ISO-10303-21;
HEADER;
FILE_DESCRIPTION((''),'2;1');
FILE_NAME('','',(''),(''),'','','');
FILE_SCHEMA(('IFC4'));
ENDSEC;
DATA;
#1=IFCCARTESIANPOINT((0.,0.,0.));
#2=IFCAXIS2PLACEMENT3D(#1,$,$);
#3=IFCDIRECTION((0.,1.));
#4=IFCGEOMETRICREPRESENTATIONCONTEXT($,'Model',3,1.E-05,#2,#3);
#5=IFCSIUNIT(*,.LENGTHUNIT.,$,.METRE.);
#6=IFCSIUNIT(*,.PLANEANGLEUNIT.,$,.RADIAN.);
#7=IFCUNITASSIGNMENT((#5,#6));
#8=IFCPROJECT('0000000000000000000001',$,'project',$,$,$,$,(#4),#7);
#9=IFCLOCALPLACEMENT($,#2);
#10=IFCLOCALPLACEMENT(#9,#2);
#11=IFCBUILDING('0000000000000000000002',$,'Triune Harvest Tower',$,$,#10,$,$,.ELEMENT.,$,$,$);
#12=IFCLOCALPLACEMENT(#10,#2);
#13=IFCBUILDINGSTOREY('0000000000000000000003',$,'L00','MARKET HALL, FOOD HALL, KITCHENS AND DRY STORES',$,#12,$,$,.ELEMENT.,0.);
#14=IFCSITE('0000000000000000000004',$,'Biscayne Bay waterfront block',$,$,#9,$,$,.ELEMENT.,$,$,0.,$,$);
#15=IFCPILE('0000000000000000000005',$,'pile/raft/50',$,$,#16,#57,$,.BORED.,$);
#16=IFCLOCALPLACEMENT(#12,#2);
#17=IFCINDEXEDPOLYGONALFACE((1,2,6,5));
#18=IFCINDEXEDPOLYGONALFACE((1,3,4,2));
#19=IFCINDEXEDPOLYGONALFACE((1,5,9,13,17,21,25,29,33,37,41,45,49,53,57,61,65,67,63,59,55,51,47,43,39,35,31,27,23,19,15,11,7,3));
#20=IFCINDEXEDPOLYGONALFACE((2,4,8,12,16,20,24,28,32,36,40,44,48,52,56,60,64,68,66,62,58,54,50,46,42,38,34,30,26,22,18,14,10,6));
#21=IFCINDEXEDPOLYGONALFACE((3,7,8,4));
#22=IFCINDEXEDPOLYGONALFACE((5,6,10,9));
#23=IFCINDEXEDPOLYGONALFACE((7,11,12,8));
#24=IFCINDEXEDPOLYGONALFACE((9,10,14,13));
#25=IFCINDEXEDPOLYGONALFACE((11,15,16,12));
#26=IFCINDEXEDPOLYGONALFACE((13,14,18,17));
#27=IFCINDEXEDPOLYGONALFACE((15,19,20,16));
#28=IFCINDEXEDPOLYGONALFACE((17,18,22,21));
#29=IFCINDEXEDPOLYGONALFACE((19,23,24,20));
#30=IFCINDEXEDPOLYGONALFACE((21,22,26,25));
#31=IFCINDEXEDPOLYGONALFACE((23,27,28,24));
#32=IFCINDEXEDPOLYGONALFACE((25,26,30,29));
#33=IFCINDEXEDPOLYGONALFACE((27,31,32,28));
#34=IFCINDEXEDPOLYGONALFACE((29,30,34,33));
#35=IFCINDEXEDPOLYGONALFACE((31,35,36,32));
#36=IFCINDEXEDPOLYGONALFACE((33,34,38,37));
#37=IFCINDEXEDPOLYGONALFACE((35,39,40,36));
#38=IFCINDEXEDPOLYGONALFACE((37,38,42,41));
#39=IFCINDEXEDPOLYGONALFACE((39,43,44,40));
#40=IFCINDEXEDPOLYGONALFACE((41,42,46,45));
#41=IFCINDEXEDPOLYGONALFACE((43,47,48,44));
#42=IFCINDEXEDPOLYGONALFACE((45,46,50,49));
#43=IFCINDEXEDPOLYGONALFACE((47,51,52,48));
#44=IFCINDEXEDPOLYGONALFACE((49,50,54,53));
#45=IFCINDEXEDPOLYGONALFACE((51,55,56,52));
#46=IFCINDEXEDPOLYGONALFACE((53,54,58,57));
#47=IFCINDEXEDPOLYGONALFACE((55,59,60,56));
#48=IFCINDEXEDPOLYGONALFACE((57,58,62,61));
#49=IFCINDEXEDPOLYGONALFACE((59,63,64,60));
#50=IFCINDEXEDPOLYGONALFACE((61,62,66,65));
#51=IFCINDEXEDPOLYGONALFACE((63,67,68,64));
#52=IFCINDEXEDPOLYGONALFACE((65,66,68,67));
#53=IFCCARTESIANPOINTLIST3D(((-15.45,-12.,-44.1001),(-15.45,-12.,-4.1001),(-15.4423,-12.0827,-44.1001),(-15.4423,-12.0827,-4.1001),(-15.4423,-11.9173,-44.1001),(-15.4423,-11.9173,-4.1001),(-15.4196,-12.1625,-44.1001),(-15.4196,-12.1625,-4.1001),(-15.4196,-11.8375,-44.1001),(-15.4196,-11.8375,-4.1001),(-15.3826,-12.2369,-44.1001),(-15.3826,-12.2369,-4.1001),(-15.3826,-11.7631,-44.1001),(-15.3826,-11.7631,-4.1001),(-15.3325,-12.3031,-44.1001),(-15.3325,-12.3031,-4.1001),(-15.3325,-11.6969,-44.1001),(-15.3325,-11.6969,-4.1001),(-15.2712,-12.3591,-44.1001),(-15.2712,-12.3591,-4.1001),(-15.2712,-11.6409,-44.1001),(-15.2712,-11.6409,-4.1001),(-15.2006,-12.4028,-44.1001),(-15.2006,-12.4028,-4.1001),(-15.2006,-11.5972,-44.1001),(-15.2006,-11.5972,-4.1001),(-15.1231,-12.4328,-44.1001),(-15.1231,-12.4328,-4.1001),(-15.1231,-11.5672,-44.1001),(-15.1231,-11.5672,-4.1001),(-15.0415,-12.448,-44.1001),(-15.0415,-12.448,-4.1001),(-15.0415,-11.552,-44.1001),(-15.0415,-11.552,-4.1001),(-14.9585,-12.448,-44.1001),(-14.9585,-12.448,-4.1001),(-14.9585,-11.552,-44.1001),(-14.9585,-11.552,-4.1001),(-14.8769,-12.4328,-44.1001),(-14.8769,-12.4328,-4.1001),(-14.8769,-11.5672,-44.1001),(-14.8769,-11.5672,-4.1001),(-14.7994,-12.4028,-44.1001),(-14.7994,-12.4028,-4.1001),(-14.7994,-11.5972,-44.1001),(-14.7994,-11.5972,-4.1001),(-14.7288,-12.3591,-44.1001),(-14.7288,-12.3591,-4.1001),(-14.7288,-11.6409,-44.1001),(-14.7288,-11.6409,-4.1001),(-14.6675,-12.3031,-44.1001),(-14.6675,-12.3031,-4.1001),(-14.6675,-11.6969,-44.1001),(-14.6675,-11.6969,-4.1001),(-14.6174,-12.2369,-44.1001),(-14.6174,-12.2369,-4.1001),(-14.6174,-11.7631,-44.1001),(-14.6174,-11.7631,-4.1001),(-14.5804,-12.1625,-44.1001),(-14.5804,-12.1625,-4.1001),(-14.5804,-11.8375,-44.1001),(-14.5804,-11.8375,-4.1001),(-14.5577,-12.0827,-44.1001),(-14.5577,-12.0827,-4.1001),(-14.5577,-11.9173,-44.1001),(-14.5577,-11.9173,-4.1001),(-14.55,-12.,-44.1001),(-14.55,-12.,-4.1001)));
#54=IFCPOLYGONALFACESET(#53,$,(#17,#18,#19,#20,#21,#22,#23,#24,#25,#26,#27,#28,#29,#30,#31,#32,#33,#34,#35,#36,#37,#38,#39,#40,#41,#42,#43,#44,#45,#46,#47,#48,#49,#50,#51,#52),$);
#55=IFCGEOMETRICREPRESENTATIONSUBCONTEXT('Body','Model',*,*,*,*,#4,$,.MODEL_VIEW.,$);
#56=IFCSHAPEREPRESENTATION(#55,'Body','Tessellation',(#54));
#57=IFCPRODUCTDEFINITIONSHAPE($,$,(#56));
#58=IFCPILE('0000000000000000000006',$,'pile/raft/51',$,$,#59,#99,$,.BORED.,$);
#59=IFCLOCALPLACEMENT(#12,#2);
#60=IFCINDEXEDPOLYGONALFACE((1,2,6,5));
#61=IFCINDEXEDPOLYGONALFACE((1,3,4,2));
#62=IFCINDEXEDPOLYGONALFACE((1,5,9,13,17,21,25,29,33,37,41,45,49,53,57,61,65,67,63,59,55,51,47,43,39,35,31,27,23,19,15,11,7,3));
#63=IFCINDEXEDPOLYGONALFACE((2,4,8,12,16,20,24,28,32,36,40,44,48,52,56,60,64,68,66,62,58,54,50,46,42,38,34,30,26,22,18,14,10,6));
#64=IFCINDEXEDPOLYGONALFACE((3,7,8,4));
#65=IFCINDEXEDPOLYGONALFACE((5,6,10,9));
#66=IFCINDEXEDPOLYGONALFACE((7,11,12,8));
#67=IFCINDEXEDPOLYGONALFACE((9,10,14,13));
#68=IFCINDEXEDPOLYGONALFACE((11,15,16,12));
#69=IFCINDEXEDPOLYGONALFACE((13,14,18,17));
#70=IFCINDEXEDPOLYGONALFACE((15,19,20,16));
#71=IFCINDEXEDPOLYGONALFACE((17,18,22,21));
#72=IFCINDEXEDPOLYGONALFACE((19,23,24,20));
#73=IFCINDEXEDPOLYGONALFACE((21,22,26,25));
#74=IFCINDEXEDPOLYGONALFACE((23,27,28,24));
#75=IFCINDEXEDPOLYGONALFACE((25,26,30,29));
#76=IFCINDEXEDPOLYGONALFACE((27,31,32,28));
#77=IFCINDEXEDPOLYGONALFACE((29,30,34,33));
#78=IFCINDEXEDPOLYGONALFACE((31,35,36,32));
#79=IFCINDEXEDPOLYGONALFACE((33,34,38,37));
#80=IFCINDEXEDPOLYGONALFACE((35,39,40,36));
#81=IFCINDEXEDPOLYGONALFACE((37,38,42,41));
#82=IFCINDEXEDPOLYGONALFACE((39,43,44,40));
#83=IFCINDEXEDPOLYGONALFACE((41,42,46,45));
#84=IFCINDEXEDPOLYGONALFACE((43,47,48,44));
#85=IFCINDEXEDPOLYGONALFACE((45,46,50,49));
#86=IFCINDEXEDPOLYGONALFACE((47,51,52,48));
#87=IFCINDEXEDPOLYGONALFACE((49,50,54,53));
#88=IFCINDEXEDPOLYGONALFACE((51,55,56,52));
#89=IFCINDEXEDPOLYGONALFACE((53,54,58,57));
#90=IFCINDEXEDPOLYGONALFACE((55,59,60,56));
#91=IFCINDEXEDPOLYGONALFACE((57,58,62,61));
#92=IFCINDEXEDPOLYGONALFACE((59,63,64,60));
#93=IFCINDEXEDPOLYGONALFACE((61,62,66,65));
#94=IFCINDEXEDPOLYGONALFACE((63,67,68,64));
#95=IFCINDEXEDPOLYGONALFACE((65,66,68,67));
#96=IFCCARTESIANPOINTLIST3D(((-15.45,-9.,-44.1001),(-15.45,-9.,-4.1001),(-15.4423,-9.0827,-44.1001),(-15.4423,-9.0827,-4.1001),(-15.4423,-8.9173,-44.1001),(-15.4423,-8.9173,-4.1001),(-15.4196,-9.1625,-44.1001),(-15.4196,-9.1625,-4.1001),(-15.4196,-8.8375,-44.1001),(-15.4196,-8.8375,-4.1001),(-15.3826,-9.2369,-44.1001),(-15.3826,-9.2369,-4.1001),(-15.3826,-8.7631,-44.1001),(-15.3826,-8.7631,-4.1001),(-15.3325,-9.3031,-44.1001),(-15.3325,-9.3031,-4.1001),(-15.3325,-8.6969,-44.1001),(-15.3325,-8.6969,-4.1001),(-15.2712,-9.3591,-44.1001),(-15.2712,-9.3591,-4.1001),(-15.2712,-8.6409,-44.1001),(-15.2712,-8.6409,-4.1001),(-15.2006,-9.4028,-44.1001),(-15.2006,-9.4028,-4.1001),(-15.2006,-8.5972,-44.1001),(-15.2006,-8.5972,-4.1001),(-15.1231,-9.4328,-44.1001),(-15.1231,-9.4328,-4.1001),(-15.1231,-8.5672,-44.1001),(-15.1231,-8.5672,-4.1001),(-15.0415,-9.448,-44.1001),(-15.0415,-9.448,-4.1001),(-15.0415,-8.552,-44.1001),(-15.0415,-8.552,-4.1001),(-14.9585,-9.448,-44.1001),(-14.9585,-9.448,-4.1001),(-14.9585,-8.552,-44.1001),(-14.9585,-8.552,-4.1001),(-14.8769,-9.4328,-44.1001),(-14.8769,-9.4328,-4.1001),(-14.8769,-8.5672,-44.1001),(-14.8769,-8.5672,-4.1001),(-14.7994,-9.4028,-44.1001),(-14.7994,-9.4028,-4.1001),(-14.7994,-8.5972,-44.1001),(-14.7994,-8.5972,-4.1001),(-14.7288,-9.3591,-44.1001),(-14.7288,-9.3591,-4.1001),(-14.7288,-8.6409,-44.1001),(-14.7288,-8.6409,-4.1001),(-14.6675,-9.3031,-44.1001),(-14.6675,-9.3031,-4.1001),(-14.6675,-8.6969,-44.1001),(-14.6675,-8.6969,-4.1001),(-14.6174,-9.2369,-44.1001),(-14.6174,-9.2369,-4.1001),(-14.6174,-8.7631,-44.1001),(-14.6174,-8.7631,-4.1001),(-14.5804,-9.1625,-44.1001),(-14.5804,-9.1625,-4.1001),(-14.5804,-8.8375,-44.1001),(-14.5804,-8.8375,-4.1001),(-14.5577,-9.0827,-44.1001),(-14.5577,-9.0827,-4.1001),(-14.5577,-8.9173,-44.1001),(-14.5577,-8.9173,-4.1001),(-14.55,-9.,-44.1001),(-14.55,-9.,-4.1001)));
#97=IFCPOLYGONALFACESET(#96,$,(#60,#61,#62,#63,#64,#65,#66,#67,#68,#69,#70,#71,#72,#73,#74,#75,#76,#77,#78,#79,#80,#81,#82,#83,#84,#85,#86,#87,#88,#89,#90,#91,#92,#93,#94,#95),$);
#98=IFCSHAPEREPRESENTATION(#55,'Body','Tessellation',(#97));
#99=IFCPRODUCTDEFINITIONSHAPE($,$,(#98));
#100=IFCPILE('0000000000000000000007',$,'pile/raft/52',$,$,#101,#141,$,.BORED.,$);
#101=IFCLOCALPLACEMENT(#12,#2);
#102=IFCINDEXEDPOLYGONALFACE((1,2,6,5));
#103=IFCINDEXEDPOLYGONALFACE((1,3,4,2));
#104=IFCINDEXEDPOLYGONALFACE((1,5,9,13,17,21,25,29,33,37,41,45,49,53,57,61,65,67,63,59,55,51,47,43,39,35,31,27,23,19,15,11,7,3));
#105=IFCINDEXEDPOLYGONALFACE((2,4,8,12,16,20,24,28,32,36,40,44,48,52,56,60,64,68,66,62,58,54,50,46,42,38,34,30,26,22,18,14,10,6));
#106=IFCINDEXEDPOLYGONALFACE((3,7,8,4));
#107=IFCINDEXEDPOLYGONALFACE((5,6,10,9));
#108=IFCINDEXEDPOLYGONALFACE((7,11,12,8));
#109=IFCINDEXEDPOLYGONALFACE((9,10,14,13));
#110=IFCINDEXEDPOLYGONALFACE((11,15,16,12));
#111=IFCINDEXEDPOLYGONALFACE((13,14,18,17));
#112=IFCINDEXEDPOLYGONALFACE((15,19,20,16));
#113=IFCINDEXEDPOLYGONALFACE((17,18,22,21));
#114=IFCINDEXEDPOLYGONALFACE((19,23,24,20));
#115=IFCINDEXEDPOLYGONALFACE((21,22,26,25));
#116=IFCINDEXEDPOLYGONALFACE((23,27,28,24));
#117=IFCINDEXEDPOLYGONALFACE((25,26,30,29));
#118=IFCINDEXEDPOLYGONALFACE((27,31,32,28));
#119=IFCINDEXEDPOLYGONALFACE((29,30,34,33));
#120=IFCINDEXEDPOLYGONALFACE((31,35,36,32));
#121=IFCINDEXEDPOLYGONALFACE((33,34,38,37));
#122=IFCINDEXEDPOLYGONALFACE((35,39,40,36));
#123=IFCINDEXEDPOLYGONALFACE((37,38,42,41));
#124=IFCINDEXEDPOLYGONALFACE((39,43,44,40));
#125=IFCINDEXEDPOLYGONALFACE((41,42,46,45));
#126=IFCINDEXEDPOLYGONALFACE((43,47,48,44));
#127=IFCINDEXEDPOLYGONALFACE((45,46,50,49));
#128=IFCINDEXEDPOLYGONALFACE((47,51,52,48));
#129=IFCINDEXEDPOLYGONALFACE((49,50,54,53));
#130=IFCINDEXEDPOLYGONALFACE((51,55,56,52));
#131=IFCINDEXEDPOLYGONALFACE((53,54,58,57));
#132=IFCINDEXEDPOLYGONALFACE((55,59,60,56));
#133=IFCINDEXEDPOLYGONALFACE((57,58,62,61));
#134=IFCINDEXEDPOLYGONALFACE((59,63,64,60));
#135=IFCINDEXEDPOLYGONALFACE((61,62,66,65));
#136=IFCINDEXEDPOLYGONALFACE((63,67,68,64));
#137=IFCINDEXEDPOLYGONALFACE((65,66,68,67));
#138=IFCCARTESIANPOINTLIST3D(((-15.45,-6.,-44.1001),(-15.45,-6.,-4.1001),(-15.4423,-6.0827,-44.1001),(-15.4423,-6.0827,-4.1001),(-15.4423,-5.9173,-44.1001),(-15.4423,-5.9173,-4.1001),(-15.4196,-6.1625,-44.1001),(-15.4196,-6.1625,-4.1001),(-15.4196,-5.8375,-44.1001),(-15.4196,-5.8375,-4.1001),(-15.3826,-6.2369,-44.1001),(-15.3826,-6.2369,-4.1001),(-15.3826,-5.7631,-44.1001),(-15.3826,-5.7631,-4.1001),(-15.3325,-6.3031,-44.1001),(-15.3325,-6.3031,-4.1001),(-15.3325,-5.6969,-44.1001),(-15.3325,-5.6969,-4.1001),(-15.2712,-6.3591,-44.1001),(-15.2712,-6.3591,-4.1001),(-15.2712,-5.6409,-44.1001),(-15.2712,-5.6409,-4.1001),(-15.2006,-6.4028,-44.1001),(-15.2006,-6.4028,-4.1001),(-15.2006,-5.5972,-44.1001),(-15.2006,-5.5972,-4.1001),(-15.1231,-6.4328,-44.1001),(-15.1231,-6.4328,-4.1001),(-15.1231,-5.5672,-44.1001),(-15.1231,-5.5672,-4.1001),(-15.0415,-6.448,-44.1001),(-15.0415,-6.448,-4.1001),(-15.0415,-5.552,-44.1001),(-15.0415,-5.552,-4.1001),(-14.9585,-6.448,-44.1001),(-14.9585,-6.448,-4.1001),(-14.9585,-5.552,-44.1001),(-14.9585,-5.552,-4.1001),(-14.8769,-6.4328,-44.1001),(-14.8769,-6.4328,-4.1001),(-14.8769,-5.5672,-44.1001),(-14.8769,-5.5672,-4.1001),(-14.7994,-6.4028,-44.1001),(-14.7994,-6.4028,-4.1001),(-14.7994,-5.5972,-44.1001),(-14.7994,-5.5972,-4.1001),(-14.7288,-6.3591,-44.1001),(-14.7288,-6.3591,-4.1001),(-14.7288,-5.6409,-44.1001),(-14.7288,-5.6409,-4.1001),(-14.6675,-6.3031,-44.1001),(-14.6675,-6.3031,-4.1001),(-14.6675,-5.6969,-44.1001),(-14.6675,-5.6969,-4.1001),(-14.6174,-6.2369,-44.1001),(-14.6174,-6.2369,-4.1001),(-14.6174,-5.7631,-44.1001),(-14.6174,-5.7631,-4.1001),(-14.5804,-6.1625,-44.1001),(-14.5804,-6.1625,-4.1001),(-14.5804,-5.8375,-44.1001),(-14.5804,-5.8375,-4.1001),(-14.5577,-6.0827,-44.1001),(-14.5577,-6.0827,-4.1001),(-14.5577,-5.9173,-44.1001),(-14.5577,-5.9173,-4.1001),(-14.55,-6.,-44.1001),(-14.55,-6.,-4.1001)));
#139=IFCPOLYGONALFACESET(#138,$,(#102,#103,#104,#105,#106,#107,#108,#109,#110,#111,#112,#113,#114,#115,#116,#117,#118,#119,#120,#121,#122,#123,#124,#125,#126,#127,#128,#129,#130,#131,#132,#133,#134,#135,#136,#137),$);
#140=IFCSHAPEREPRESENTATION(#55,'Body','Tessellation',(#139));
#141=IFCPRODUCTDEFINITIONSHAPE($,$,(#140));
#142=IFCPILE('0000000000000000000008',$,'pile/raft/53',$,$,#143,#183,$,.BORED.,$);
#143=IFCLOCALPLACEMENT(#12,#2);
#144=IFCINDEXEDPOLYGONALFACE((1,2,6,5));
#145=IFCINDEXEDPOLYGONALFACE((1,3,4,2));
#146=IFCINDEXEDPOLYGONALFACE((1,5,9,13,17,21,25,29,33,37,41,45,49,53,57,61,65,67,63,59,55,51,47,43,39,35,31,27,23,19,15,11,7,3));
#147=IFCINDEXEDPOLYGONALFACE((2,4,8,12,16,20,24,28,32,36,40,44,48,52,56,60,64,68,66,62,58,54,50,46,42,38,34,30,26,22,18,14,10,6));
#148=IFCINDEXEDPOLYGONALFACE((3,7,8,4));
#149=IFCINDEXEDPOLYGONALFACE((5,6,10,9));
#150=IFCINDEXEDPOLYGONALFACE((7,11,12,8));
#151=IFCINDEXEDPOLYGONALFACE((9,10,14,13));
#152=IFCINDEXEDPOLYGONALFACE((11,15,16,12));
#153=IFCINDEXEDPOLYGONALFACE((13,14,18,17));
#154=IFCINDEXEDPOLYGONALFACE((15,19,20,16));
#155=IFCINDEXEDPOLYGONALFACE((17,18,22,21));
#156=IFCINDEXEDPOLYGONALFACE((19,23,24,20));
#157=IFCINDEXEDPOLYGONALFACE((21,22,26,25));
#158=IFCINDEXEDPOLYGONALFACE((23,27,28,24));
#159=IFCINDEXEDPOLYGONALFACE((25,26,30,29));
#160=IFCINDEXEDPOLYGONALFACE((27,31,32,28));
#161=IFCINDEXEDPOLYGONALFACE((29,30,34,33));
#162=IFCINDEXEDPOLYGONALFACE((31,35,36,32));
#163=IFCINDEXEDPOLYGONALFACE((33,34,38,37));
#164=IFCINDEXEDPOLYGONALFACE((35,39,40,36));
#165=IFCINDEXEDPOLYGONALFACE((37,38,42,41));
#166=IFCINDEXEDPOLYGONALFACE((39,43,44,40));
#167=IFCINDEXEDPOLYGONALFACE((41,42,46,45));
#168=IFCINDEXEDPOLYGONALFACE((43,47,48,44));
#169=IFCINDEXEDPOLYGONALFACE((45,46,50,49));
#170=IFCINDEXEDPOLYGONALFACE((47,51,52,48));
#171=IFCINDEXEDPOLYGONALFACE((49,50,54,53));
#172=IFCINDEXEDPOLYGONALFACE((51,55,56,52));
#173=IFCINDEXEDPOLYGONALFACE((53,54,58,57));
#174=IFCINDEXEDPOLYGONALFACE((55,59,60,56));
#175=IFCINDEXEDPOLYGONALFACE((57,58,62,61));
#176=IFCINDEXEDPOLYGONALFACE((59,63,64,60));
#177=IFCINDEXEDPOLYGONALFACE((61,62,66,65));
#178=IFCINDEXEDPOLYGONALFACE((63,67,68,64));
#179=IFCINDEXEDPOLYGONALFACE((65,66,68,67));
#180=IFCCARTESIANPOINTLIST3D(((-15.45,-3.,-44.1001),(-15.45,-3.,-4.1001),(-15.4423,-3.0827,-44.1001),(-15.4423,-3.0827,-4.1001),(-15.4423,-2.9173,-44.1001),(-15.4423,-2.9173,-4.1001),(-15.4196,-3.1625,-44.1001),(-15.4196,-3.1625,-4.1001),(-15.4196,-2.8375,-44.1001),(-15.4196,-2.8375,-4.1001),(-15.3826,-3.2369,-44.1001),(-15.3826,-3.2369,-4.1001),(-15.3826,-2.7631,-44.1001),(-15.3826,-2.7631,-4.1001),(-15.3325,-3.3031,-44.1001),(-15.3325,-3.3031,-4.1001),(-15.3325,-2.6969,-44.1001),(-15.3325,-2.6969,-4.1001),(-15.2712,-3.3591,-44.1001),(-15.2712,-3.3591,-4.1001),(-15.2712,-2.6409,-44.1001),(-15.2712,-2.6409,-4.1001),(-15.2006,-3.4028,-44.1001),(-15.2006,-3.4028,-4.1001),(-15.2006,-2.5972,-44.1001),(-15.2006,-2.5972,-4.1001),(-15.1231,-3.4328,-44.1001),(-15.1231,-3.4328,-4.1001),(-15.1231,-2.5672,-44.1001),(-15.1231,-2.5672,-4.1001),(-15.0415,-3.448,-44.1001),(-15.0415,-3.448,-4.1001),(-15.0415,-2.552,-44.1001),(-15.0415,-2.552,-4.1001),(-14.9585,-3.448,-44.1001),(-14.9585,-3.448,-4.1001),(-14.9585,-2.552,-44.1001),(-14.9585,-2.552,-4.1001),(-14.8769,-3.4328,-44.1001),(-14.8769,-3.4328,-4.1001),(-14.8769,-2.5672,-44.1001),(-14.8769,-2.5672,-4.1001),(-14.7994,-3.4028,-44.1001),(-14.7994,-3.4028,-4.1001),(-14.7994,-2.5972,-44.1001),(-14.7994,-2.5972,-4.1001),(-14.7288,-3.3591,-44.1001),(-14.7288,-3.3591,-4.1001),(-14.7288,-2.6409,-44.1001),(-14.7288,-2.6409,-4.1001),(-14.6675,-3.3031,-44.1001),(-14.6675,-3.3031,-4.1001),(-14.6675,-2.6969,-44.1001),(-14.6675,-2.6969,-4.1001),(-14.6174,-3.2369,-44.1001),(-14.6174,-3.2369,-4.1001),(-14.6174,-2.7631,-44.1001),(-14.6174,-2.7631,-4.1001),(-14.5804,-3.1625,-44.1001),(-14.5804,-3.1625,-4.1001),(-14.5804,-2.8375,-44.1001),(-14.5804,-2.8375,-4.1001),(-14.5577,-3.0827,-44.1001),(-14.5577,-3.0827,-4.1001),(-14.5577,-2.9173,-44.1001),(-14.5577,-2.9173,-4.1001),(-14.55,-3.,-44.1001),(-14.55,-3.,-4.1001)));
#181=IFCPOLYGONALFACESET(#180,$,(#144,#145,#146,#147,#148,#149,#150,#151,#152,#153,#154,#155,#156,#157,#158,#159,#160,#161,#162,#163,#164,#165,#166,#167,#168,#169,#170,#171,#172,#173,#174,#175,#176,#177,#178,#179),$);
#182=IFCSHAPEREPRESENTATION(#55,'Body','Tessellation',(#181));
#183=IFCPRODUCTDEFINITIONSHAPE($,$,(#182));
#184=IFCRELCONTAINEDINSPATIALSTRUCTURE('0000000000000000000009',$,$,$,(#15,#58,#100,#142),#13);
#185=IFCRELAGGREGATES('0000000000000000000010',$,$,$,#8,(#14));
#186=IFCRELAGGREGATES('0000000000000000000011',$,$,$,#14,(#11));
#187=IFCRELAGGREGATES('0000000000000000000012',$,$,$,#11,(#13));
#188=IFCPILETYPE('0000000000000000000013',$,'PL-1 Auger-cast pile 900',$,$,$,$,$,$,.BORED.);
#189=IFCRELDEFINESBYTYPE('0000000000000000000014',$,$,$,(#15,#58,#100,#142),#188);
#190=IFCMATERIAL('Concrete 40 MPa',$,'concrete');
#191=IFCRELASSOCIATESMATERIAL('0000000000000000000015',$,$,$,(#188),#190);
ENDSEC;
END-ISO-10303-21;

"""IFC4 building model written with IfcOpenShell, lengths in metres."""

from ifc_helpers import new_model, si_unit, direction, frame, origin, origin_2d, place, context, subcontext, project, spatial, circle, extrude, source, transform, mapped, material, material_profile, profile_set, type_object, element, save


model = new_model("IFC4")

# Units and contexts
model_context = context("Model", 3, precision=1e-05, world=origin(), true_north=direction((0.0, 1.0)))
body_context = subcontext(model_context, "Body", "Model", "MODEL_VIEW")
ifc_project = project(units=[si_unit("LENGTHUNIT", "METRE"), si_unit("PLANEANGLEUNIT", "RADIAN")], contexts=[model_context])

# Site, building, storey
site_placement = place(None, origin())
site = spatial("IfcSite", under=ifc_project, at=site_placement, Name="Biscayne Bay waterfront block", CompositionType="ELEMENT", RefElevation=0.0)
building_placement = place(site_placement, origin())
building = spatial("IfcBuilding", under=site, at=building_placement, Name="Triune Harvest Tower", CompositionType="ELEMENT")
storey_placement = place(building_placement, origin())
storey = spatial("IfcBuildingStorey", under=building, at=storey_placement, Name="L00", Description="MARKET HALL, FOOD HALL, KITCHENS AND DRY STORES", CompositionType="ELEMENT", Elevation=0.0)

# Piles
ifc_material_1 = material(Name="Concrete 40 MPa", Category="concrete")
ifc_material_profile = material_profile(ifc_material_1, circle(Radius=0.45, at=origin_2d()), Name="Bored 900")
ifc_profile_set = profile_set([ifc_material_profile], Name="Concrete 40 MPa")
pile_type = type_object("IfcPileType", Name="PL-1 Auger-cast pile 900", PredefinedType="BORED", material=ifc_profile_set)
shared_shape_1 = source(origin(), body_context, "Body", "SweptSolid", [
    extrude(circle(Radius=0.45, at=origin_2d()), origin(), (0.0, 0.0, 1.0), 40.0),
])
for number, where, z_axis, x_axis, name in (
    (1, (-15.0, -12.0, -4.1001), (0.0, 0.0, -1.0), (1.0, 0.0, 0.0), "pile/raft/50"),
    (2, (-15.0, -9.0, -4.1001), (0.0, 0.0, -1.0), (1.0, 0.0, 0.0), "pile/raft/51"),
    (3, (-15.0, -6.0, -4.1001), (0.0, 0.0, -1.0), (1.0, 0.0, 0.0), "pile/raft/52"),
    (4, (-15.0, -3.0, -4.1001), (0.0, 0.0, -1.0), (1.0, 0.0, 0.0), "pile/raft/53"),
):
    element("IfcPile", number, at=place(storey_placement, frame(where, z_axis=z_axis, x_axis=x_axis)), inside=storey, type_object=pile_type, Name=name, PredefinedType="BORED", context=body_context, shape_type="MappedRepresentation", body=[
        mapped(shared_shape_1, transform((0.0, 0.0, 0.0), scale=1.0)),
    ])

save(model, "model.ifc")
